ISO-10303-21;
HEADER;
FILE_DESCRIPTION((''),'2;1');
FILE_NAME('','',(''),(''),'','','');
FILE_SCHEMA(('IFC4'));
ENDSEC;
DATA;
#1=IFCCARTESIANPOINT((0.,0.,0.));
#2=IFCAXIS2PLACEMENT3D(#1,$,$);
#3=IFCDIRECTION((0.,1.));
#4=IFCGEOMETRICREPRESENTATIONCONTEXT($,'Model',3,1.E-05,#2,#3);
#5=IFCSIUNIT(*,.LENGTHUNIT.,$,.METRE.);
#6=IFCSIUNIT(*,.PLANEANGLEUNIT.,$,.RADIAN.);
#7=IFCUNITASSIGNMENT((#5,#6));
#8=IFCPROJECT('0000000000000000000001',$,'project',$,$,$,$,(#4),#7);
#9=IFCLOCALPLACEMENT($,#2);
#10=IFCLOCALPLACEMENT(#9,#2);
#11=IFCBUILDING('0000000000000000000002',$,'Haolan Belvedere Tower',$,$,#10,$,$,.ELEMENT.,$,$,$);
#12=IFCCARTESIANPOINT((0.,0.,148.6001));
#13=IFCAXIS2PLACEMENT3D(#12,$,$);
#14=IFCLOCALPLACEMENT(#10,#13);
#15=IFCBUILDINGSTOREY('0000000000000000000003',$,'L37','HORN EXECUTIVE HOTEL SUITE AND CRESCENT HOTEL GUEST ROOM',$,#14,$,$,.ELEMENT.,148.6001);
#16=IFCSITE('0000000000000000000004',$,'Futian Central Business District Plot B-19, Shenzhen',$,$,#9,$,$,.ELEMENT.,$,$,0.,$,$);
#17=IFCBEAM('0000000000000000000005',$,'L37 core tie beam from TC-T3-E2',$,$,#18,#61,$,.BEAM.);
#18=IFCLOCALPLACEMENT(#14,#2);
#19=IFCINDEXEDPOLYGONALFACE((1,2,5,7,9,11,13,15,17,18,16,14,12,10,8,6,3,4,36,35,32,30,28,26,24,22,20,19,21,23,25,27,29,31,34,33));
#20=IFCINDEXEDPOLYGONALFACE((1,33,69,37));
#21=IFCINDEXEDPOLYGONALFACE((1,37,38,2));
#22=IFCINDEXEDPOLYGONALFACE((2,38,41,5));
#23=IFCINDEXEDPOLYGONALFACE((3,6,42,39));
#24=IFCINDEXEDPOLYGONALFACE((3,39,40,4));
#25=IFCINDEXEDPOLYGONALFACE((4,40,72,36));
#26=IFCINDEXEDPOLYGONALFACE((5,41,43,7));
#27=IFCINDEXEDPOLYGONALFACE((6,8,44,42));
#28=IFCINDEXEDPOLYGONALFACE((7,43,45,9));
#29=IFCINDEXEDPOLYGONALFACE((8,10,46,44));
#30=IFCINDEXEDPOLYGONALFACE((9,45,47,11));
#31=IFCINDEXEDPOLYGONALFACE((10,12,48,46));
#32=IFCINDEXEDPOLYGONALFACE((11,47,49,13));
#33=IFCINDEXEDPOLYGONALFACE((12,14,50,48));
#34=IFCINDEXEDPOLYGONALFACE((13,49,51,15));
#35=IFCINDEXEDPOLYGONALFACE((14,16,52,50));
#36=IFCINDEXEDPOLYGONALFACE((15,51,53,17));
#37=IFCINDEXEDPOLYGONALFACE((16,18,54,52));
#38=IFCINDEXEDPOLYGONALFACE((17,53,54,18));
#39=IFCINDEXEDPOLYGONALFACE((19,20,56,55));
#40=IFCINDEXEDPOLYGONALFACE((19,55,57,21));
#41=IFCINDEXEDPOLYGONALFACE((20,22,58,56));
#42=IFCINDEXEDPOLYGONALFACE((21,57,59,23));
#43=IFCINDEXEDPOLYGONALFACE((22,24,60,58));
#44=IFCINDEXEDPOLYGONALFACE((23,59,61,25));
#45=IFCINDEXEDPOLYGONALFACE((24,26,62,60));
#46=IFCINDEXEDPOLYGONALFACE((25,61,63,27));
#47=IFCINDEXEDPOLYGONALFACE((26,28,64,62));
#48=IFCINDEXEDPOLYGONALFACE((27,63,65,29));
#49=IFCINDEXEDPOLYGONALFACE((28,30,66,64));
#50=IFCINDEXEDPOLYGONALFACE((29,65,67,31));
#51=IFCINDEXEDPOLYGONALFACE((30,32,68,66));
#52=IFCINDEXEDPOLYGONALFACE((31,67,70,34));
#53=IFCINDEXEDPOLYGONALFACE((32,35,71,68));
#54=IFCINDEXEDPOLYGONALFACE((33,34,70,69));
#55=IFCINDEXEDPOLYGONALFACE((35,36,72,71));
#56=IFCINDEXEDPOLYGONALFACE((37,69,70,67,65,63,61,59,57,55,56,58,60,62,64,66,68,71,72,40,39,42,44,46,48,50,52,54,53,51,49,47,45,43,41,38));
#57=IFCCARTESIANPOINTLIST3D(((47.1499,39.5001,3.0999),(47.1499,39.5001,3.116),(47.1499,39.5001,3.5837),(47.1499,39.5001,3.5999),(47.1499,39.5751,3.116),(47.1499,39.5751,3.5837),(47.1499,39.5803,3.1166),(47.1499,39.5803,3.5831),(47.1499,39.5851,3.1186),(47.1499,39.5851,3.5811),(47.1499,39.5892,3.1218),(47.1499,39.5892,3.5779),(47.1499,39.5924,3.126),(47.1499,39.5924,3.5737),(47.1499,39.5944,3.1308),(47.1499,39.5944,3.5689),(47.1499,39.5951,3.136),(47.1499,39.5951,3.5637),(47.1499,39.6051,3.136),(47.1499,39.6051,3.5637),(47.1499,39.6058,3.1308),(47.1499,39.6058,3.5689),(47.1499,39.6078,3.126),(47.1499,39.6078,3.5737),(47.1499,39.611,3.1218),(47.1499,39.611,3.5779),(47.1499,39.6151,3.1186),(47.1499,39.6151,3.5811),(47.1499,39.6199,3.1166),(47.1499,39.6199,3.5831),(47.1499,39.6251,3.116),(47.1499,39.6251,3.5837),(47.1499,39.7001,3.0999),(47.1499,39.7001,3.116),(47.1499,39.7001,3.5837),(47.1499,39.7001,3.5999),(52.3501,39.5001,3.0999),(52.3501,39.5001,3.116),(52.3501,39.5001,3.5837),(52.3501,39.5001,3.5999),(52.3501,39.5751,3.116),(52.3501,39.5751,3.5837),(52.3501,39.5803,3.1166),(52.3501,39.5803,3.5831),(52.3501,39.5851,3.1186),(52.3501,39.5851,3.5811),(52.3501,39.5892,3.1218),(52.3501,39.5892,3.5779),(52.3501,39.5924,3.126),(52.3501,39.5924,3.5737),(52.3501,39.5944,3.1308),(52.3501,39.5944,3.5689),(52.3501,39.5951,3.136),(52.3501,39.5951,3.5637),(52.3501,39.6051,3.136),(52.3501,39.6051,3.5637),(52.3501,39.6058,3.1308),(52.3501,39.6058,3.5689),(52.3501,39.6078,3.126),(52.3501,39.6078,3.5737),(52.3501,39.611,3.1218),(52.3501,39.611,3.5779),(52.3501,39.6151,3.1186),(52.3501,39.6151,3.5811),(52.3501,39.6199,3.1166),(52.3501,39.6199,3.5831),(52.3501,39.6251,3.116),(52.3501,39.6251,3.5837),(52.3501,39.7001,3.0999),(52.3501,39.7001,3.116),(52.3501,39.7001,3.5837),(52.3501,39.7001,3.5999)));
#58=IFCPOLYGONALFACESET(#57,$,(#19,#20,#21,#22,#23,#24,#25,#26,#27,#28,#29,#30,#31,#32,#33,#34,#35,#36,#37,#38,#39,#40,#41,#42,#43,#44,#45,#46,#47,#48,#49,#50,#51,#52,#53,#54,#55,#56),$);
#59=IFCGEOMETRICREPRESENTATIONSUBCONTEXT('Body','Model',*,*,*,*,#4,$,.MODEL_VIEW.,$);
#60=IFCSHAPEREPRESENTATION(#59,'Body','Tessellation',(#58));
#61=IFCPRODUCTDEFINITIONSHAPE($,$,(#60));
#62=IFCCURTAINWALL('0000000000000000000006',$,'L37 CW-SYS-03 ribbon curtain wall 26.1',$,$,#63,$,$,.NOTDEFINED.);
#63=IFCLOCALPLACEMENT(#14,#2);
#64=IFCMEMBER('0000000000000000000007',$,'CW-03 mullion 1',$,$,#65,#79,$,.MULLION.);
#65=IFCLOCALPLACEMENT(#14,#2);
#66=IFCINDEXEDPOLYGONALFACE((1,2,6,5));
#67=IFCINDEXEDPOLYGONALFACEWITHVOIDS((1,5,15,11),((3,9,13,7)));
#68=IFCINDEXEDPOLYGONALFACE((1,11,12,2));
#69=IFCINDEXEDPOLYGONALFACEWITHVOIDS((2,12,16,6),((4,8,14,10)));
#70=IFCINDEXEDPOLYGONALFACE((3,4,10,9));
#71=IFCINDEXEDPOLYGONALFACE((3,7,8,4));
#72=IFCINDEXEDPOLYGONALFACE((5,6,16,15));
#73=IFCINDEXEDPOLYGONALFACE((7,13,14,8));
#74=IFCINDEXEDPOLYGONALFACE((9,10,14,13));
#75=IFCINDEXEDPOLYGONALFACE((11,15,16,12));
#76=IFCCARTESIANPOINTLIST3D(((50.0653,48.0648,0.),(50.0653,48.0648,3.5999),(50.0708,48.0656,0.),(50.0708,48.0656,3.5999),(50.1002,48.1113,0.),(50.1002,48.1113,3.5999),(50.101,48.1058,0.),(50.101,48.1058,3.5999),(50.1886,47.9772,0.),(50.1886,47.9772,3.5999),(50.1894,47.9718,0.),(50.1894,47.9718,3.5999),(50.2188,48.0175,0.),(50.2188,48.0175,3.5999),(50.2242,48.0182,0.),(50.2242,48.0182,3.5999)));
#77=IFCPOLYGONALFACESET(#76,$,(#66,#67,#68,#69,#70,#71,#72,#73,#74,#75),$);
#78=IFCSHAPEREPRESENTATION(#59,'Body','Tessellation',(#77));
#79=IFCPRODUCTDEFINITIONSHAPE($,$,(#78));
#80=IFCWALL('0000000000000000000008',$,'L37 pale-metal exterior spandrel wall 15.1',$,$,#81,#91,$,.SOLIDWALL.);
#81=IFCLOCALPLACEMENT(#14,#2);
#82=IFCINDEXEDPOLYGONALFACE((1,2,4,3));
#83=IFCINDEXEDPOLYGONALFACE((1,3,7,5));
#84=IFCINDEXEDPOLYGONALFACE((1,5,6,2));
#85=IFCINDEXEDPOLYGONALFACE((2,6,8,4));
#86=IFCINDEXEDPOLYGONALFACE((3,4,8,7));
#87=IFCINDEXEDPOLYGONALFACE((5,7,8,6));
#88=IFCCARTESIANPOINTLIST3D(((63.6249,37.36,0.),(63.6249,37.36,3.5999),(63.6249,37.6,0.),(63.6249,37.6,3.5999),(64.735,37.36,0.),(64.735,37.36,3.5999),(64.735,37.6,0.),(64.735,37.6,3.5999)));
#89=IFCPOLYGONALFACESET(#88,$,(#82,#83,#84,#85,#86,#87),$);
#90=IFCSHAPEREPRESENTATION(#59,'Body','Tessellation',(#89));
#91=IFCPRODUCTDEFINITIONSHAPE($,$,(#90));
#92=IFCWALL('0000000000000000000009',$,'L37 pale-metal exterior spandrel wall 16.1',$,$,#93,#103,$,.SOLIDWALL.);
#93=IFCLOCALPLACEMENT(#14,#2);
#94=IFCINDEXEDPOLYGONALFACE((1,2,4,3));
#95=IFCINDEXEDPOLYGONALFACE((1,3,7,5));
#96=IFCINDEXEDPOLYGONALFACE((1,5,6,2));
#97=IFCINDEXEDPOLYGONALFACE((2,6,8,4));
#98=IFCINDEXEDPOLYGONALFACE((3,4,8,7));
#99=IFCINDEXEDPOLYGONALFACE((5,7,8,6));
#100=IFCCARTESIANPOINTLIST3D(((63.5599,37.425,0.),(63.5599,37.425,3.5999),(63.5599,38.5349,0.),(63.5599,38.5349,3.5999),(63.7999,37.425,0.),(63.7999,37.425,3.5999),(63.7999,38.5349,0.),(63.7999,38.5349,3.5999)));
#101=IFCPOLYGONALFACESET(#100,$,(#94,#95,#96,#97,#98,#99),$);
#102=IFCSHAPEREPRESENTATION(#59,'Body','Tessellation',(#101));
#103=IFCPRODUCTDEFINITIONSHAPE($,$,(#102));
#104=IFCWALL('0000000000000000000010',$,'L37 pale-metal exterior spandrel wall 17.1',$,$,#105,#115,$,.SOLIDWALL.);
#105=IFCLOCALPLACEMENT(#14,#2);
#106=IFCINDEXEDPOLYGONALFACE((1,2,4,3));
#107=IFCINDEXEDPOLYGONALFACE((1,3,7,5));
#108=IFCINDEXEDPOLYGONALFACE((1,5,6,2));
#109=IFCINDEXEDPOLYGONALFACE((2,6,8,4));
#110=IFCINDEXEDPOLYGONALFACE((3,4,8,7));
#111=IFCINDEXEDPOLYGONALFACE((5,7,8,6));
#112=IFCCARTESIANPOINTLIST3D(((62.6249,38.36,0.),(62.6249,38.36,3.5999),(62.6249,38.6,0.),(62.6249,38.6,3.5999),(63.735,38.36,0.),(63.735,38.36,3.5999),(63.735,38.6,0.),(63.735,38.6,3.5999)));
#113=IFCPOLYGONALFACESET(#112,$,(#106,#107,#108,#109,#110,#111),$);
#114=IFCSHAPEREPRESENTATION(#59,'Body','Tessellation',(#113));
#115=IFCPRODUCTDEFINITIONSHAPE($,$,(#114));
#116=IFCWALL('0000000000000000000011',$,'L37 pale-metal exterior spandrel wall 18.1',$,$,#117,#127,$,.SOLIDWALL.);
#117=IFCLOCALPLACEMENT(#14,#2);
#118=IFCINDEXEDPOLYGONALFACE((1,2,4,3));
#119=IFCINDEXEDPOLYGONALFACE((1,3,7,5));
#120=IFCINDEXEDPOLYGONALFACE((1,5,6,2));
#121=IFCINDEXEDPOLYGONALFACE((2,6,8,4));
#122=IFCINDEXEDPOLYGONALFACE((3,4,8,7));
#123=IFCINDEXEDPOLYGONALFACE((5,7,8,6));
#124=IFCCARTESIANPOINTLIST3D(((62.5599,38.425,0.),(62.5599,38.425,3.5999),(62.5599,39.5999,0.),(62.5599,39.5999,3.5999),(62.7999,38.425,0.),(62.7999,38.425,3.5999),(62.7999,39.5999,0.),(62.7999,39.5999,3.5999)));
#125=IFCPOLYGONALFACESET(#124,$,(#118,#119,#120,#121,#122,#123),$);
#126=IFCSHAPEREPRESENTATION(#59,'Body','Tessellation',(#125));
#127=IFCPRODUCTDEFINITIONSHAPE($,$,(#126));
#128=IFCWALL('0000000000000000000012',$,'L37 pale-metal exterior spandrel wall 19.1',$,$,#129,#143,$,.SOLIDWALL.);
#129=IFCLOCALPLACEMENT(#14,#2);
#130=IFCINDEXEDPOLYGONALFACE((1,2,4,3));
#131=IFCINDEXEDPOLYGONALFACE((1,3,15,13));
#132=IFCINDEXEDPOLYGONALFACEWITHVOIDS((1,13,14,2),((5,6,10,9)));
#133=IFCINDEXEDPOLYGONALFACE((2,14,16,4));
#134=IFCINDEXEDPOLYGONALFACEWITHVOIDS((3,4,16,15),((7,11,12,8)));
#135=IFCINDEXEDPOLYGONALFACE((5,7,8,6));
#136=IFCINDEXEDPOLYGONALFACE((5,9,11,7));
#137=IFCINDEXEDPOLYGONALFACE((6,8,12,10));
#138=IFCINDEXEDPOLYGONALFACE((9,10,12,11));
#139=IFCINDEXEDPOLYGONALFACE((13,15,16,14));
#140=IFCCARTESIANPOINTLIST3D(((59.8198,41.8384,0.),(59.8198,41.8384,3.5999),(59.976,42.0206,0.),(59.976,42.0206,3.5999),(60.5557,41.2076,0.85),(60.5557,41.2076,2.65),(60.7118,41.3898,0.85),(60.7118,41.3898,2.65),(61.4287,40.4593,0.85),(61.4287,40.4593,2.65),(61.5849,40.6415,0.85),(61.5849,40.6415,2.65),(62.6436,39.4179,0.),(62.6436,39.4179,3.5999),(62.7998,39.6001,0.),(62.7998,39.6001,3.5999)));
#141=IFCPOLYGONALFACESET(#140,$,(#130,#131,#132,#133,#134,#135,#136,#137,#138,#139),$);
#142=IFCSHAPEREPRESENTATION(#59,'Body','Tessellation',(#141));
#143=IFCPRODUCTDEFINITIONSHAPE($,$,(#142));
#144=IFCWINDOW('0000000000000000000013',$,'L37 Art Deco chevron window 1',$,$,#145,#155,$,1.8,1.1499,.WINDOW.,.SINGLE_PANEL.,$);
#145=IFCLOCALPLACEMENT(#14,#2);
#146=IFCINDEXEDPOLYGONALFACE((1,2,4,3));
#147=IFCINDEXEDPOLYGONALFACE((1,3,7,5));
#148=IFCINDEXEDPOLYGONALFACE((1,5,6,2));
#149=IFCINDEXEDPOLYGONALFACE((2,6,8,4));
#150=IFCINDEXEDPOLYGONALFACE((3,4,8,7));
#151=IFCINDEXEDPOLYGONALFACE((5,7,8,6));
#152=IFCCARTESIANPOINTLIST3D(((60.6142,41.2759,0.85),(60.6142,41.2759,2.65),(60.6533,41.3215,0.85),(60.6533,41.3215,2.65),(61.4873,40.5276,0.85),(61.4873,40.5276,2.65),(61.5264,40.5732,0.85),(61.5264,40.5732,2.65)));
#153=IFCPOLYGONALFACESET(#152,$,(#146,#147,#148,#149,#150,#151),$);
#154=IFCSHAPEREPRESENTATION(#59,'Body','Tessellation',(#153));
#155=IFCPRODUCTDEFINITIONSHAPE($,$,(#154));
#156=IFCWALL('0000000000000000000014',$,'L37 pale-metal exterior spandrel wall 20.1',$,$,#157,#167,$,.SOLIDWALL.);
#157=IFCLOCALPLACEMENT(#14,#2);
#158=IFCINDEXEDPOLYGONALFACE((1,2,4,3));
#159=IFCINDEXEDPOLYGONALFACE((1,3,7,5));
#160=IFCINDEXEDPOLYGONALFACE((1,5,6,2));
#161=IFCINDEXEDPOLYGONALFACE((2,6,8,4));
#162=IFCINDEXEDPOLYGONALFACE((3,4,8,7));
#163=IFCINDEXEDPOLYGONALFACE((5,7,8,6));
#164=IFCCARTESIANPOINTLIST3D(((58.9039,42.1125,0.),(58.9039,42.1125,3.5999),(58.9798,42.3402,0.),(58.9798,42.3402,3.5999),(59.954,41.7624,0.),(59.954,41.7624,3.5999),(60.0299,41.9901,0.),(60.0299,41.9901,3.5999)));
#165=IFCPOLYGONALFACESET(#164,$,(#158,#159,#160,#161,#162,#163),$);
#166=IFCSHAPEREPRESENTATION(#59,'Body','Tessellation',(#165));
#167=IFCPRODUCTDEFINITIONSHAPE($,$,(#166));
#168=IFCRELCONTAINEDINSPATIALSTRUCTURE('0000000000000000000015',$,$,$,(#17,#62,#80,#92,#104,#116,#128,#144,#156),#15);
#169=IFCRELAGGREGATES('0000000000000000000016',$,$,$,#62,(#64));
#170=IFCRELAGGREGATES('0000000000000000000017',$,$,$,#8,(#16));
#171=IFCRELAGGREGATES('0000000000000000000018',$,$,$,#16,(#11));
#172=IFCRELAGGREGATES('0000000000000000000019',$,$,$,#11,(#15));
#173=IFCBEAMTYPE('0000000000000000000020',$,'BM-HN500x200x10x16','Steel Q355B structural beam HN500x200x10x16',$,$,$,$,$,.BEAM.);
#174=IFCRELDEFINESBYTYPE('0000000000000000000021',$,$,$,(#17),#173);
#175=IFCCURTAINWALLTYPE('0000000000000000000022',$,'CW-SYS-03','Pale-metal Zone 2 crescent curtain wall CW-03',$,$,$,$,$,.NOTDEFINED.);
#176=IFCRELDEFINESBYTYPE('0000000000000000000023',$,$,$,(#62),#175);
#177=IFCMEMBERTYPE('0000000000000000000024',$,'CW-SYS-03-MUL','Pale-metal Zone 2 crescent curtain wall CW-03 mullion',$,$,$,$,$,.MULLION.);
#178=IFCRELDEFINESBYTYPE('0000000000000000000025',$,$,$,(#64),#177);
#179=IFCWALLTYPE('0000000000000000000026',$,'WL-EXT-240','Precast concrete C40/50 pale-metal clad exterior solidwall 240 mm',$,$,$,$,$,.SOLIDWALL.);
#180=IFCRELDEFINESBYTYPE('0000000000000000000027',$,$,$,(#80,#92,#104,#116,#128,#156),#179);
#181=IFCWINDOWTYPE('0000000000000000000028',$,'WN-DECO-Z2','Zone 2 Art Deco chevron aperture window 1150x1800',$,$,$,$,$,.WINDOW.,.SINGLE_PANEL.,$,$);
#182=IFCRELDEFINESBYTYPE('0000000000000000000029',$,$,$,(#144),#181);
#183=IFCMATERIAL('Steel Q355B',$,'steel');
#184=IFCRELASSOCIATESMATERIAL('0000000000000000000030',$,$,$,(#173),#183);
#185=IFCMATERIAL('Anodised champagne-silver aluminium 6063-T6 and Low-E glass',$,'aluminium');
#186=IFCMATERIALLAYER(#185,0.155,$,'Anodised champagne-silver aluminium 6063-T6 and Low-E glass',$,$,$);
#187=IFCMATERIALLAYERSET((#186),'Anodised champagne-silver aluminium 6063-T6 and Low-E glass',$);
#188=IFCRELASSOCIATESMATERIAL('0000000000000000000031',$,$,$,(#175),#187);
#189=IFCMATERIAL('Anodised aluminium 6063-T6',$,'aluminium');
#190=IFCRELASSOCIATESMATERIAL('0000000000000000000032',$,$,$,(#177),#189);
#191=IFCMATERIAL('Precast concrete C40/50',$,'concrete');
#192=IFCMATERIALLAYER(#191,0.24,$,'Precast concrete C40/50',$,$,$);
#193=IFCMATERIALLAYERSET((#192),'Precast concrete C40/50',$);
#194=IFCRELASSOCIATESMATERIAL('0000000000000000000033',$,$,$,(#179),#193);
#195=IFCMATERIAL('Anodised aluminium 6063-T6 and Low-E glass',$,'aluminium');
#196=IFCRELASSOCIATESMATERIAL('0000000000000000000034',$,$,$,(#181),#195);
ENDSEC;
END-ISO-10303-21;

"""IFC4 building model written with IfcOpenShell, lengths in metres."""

from ifc_helpers import new_model, si_unit, direction, frame, frame_2d, origin, origin_2d, place, context, subcontext, project, spatial, rectangle, hollow_rectangle, i_section, extrude, material, layer, layer_set, material_profile, profile_set, type_object, element, fill, aggregate, save


model = new_model("IFC4")

# Units and contexts
model_context = context("Model", 3, precision=1e-05, world=origin(), true_north=direction((0.0, 1.0)))
body_context = subcontext(model_context, "Body", "Model", "MODEL_VIEW")
ifc_project = project(units=[si_unit("LENGTHUNIT", "METRE"), si_unit("PLANEANGLEUNIT", "RADIAN")], contexts=[model_context])

# Site, building, storey
site_placement = place(None, origin())
site = spatial("IfcSite", under=ifc_project, at=site_placement, Name="Futian Central Business District Plot B-19, Shenzhen", CompositionType="ELEMENT", RefElevation=0.0)
building_placement = place(site_placement, origin())
building = spatial("IfcBuilding", under=site, at=building_placement, Name="Haolan Belvedere Tower", CompositionType="ELEMENT")
storey_placement = place(building_placement, frame((0.0, 0.0, 148.6001)))
storey = spatial("IfcBuildingStorey", under=building, at=storey_placement, Name="L37", Description="HORN EXECUTIVE HOTEL SUITE AND CRESCENT HOTEL GUEST ROOM", CompositionType="ELEMENT", Elevation=148.6001)

# Beam
ifc_material_1 = material(Name="Steel Q355B", Category="steel")
ifc_material_profile_1 = material_profile(ifc_material_1, i_section(OverallWidth=0.2, OverallDepth=0.5, WebThickness=0.01, FlangeThickness=0.0161, FilletRadius=0.02, at=origin_2d()), Name="Steel Q355B")
ifc_profile_set_1 = profile_set([ifc_material_profile_1], Name="Steel Q355B")
beam_type_1 = type_object("IfcBeamType", Name="BM-HN500x200x10x16", Description="Steel Q355B structural beam HN500x200x10x16", PredefinedType="BEAM", material=ifc_profile_set_1)
beam_1_placement = place(storey_placement, frame((52.3501, 39.6001, 3.3499), z_axis=(-1.0, 0.0, 0.0), x_axis=(0.0, -1.0, 0.0)))
element("IfcBeam", 1, at=beam_1_placement, inside=storey, type_object=beam_type_1, Name="L37 core tie beam from TC-T3-E2", PredefinedType="BEAM", context=body_context, shape_type="SweptSolid", body=[
    extrude(i_section(OverallWidth=0.2, OverallDepth=0.5, WebThickness=0.01, FlangeThickness=0.0161, FilletRadius=0.02, at=origin_2d()), origin(), (0.0, 0.0, 1.0), 5.2002),
])

# Curtain wall, member
ifc_material_2 = material(Name="Anodised champagne-silver aluminium 6063-T6 and Low-E glass", Category="aluminium")
ifc_layer_1 = layer(ifc_material_2, 0.155, Name="Anodised champagne-silver aluminium 6063-T6 and Low-E glass")
ifc_layer_set_1 = layer_set([ifc_layer_1], Name="Anodised champagne-silver aluminium 6063-T6 and Low-E glass")
curtain_wall_type = type_object("IfcCurtainWallType", Name="CW-SYS-03", Description="Pale-metal Zone 2 crescent curtain wall CW-03", PredefinedType="NOTDEFINED", material=ifc_layer_set_1)
curtain_wall_placement = place(storey_placement, origin())
curtain_wall = element("IfcCurtainWall", 2, at=curtain_wall_placement, inside=storey, type_object=curtain_wall_type, Name="L37 CW-SYS-03 ribbon curtain wall 26.1", PredefinedType="NOTDEFINED")
ifc_material_3 = material(Name="Anodised aluminium 6063-T6", Category="aluminium")
ifc_material_profile_2 = material_profile(ifc_material_3, hollow_rectangle(XDim=0.0581, YDim=0.155, WallThickness=0.0039, at=origin_2d()), Name="Anodised aluminium 6063-T6")
ifc_profile_set_2 = profile_set([ifc_material_profile_2], Name="Anodised aluminium 6063-T6")
member_type = type_object("IfcMemberType", Name="CW-SYS-03-MUL", Description="Pale-metal Zone 2 crescent curtain wall CW-03 mullion", PredefinedType="MULLION", material=ifc_profile_set_2)
member_placement = place(storey_placement, frame((50.1448, 48.0415, 0.0), z_axis=(0.0, 0.0, 1.0), x_axis=(-0.599994, -0.800004, 0.0)))
member = element("IfcMember", 3, at=member_placement, type_object=member_type, Name="CW-03 mullion 1", PredefinedType="MULLION", context=body_context, shape_type="SweptSolid", body=[
    extrude(hollow_rectangle(XDim=0.0581, YDim=0.155, WallThickness=0.0039, at=origin_2d()), origin(), (0.0, 0.0, 1.0), 3.5999),
])
aggregate(curtain_wall, [member])

# Walls
ifc_material_4 = material(Name="Precast concrete C40/50", Category="concrete")
ifc_layer_2 = layer(ifc_material_4, 0.24, Name="Precast concrete C40/50")
ifc_layer_set_2 = layer_set([ifc_layer_2], Name="Precast concrete C40/50")
wall_type_1 = type_object("IfcWallType", Name="WL-EXT-240", Description="Precast concrete C40/50 pale-metal clad exterior solidwall 240 mm", PredefinedType="SOLIDWALL", material=ifc_layer_set_2)
wall_1_placement = place(storey_placement, frame((64.7351, 37.48, 0.0), z_axis=(0.0, 0.0, 1.0), x_axis=(-1.0, 0.0, 0.0)))
element("IfcWall", 4, at=wall_1_placement, inside=storey, type_object=wall_type_1, Name="L37 pale-metal exterior spandrel wall 15.1", PredefinedType="SOLIDWALL", context=body_context, shape_type="SweptSolid", body=[
    extrude(rectangle(XDim=1.1101, YDim=0.24, at=frame_2d((0.5552, 0.0))), origin(), (0.0, 0.0, 1.0), 3.5999),
])
wall_2_placement = place(storey_placement, frame((63.6799, 37.425, 0.0), z_axis=(0.0, 0.0, 1.0), x_axis=(0.0, 1.0, 0.0)))
element("IfcWall", 5, at=wall_2_placement, inside=storey, type_object=wall_type_1, Name="L37 pale-metal exterior spandrel wall 16.1", PredefinedType="SOLIDWALL", context=body_context, shape_type="SweptSolid", body=[
    extrude(rectangle(XDim=1.1099, YDim=0.24, at=frame_2d((0.5549, 0.0))), origin(), (0.0, 0.0, 1.0), 3.5999),
])
wall_3_placement = place(storey_placement, frame((63.7351, 38.48, 0.0), z_axis=(0.0, 0.0, 1.0), x_axis=(-1.0, 0.0, 0.0)))
element("IfcWall", 6, at=wall_3_placement, inside=storey, type_object=wall_type_1, Name="L37 pale-metal exterior spandrel wall 17.1", PredefinedType="SOLIDWALL", context=body_context, shape_type="SweptSolid", body=[
    extrude(rectangle(XDim=1.1101, YDim=0.24, at=frame_2d((0.5552, 0.0))), origin(), (0.0, 0.0, 1.0), 3.5999),
])
wall_4_placement = place(storey_placement, frame((62.6799, 38.425, 0.0), z_axis=(0.0, 0.0, 1.0), x_axis=(0.0, 1.0, 0.0)))
element("IfcWall", 7, at=wall_4_placement, inside=storey, type_object=wall_type_1, Name="L37 pale-metal exterior spandrel wall 18.1", PredefinedType="SOLIDWALL", context=body_context, shape_type="SweptSolid", body=[
    extrude(rectangle(XDim=1.1748, YDim=0.24, at=frame_2d((0.5874, 0.0))), origin(), (0.0, 0.0, 1.0), 3.5999),
])

# Wall, opening, window
wall_5_placement = place(storey_placement, frame((62.7217, 39.509, 0.0), z_axis=(0.0, 0.0, 1.0), x_axis=(-0.759247, 0.650802, 0.0)))
wall_5 = element("IfcWall", 8, at=wall_5_placement, inside=storey, type_object=wall_type_1, Name="L37 pale-metal exterior spandrel wall 19.1", PredefinedType="SOLIDWALL", context=body_context, shape_type="SweptSolid", body=[
    extrude(rectangle(XDim=3.7192, YDim=0.24, at=frame_2d((1.8596, 0.0))), origin(), (0.0, 0.0, 1.0), 3.5999),
])
opening_1_placement = place(wall_5_placement, frame((1.6001, 0.0, 0.8501)))
opening_1 = element("IfcOpeningElement", 9, at=opening_1_placement, cuts=wall_5, PredefinedType="OPENING", context=body_context, shape_type="SweptSolid", body=[
    extrude(rectangle(XDim=1.1499, YDim=1.8, at=frame_2d((0.575, 0.8999))), frame((0.0, 0.1299, 0.0), z_axis=(0.0, -1.0, 0.0), x_axis=(1.0, 0.0, 0.0)), (0.0, 0.0, 1.0), 0.26),
])
ifc_material_5 = material(Name="Anodised aluminium 6063-T6 and Low-E glass", Category="aluminium")
window_type = type_object("IfcWindowType", Name="WN-DECO-Z2", Description="Zone 2 Art Deco chevron aperture window 1150x1800", PartitioningType="SINGLE_PANEL", PredefinedType="WINDOW", material=ifc_material_5)
window_1_placement = place(opening_1_placement, origin())
window_1 = element("IfcWindow", 10, at=window_1_placement, inside=storey, type_object=window_type, Name="L37 Art Deco chevron window 1", OverallHeight=1.8, OverallWidth=1.1499, PartitioningType="SINGLE_PANEL", PredefinedType="WINDOW", context=body_context, shape_type="SweptSolid", body=[
    extrude(rectangle(XDim=1.1499, YDim=1.8, at=frame_2d((0.575, 0.8999))), frame((0.0, 0.03, 0.0), z_axis=(0.0, -1.0, 0.0), x_axis=(1.0, 0.0, 0.0)), (0.0, 0.0, 1.0), 0.0601),
])
fill(opening_1, window_1)

# Wall
wall_6_placement = place(storey_placement, frame((59.9919, 41.8762, 0.0), z_axis=(0.0, 0.0, 1.0), x_axis=(-0.948661, 0.316294, 0.0)))
element("IfcWall", 11, at=wall_6_placement, inside=storey, type_object=wall_type_1, Name="L37 pale-metal exterior spandrel wall 20.1", PredefinedType="SOLIDWALL", context=body_context, shape_type="SweptSolid", body=[
    extrude(rectangle(XDim=1.1069, YDim=0.24, at=frame_2d((0.5535, 0.0))), origin(), (0.0, 0.0, 1.0), 3.5999),
])

save(model, "model.ifc")
